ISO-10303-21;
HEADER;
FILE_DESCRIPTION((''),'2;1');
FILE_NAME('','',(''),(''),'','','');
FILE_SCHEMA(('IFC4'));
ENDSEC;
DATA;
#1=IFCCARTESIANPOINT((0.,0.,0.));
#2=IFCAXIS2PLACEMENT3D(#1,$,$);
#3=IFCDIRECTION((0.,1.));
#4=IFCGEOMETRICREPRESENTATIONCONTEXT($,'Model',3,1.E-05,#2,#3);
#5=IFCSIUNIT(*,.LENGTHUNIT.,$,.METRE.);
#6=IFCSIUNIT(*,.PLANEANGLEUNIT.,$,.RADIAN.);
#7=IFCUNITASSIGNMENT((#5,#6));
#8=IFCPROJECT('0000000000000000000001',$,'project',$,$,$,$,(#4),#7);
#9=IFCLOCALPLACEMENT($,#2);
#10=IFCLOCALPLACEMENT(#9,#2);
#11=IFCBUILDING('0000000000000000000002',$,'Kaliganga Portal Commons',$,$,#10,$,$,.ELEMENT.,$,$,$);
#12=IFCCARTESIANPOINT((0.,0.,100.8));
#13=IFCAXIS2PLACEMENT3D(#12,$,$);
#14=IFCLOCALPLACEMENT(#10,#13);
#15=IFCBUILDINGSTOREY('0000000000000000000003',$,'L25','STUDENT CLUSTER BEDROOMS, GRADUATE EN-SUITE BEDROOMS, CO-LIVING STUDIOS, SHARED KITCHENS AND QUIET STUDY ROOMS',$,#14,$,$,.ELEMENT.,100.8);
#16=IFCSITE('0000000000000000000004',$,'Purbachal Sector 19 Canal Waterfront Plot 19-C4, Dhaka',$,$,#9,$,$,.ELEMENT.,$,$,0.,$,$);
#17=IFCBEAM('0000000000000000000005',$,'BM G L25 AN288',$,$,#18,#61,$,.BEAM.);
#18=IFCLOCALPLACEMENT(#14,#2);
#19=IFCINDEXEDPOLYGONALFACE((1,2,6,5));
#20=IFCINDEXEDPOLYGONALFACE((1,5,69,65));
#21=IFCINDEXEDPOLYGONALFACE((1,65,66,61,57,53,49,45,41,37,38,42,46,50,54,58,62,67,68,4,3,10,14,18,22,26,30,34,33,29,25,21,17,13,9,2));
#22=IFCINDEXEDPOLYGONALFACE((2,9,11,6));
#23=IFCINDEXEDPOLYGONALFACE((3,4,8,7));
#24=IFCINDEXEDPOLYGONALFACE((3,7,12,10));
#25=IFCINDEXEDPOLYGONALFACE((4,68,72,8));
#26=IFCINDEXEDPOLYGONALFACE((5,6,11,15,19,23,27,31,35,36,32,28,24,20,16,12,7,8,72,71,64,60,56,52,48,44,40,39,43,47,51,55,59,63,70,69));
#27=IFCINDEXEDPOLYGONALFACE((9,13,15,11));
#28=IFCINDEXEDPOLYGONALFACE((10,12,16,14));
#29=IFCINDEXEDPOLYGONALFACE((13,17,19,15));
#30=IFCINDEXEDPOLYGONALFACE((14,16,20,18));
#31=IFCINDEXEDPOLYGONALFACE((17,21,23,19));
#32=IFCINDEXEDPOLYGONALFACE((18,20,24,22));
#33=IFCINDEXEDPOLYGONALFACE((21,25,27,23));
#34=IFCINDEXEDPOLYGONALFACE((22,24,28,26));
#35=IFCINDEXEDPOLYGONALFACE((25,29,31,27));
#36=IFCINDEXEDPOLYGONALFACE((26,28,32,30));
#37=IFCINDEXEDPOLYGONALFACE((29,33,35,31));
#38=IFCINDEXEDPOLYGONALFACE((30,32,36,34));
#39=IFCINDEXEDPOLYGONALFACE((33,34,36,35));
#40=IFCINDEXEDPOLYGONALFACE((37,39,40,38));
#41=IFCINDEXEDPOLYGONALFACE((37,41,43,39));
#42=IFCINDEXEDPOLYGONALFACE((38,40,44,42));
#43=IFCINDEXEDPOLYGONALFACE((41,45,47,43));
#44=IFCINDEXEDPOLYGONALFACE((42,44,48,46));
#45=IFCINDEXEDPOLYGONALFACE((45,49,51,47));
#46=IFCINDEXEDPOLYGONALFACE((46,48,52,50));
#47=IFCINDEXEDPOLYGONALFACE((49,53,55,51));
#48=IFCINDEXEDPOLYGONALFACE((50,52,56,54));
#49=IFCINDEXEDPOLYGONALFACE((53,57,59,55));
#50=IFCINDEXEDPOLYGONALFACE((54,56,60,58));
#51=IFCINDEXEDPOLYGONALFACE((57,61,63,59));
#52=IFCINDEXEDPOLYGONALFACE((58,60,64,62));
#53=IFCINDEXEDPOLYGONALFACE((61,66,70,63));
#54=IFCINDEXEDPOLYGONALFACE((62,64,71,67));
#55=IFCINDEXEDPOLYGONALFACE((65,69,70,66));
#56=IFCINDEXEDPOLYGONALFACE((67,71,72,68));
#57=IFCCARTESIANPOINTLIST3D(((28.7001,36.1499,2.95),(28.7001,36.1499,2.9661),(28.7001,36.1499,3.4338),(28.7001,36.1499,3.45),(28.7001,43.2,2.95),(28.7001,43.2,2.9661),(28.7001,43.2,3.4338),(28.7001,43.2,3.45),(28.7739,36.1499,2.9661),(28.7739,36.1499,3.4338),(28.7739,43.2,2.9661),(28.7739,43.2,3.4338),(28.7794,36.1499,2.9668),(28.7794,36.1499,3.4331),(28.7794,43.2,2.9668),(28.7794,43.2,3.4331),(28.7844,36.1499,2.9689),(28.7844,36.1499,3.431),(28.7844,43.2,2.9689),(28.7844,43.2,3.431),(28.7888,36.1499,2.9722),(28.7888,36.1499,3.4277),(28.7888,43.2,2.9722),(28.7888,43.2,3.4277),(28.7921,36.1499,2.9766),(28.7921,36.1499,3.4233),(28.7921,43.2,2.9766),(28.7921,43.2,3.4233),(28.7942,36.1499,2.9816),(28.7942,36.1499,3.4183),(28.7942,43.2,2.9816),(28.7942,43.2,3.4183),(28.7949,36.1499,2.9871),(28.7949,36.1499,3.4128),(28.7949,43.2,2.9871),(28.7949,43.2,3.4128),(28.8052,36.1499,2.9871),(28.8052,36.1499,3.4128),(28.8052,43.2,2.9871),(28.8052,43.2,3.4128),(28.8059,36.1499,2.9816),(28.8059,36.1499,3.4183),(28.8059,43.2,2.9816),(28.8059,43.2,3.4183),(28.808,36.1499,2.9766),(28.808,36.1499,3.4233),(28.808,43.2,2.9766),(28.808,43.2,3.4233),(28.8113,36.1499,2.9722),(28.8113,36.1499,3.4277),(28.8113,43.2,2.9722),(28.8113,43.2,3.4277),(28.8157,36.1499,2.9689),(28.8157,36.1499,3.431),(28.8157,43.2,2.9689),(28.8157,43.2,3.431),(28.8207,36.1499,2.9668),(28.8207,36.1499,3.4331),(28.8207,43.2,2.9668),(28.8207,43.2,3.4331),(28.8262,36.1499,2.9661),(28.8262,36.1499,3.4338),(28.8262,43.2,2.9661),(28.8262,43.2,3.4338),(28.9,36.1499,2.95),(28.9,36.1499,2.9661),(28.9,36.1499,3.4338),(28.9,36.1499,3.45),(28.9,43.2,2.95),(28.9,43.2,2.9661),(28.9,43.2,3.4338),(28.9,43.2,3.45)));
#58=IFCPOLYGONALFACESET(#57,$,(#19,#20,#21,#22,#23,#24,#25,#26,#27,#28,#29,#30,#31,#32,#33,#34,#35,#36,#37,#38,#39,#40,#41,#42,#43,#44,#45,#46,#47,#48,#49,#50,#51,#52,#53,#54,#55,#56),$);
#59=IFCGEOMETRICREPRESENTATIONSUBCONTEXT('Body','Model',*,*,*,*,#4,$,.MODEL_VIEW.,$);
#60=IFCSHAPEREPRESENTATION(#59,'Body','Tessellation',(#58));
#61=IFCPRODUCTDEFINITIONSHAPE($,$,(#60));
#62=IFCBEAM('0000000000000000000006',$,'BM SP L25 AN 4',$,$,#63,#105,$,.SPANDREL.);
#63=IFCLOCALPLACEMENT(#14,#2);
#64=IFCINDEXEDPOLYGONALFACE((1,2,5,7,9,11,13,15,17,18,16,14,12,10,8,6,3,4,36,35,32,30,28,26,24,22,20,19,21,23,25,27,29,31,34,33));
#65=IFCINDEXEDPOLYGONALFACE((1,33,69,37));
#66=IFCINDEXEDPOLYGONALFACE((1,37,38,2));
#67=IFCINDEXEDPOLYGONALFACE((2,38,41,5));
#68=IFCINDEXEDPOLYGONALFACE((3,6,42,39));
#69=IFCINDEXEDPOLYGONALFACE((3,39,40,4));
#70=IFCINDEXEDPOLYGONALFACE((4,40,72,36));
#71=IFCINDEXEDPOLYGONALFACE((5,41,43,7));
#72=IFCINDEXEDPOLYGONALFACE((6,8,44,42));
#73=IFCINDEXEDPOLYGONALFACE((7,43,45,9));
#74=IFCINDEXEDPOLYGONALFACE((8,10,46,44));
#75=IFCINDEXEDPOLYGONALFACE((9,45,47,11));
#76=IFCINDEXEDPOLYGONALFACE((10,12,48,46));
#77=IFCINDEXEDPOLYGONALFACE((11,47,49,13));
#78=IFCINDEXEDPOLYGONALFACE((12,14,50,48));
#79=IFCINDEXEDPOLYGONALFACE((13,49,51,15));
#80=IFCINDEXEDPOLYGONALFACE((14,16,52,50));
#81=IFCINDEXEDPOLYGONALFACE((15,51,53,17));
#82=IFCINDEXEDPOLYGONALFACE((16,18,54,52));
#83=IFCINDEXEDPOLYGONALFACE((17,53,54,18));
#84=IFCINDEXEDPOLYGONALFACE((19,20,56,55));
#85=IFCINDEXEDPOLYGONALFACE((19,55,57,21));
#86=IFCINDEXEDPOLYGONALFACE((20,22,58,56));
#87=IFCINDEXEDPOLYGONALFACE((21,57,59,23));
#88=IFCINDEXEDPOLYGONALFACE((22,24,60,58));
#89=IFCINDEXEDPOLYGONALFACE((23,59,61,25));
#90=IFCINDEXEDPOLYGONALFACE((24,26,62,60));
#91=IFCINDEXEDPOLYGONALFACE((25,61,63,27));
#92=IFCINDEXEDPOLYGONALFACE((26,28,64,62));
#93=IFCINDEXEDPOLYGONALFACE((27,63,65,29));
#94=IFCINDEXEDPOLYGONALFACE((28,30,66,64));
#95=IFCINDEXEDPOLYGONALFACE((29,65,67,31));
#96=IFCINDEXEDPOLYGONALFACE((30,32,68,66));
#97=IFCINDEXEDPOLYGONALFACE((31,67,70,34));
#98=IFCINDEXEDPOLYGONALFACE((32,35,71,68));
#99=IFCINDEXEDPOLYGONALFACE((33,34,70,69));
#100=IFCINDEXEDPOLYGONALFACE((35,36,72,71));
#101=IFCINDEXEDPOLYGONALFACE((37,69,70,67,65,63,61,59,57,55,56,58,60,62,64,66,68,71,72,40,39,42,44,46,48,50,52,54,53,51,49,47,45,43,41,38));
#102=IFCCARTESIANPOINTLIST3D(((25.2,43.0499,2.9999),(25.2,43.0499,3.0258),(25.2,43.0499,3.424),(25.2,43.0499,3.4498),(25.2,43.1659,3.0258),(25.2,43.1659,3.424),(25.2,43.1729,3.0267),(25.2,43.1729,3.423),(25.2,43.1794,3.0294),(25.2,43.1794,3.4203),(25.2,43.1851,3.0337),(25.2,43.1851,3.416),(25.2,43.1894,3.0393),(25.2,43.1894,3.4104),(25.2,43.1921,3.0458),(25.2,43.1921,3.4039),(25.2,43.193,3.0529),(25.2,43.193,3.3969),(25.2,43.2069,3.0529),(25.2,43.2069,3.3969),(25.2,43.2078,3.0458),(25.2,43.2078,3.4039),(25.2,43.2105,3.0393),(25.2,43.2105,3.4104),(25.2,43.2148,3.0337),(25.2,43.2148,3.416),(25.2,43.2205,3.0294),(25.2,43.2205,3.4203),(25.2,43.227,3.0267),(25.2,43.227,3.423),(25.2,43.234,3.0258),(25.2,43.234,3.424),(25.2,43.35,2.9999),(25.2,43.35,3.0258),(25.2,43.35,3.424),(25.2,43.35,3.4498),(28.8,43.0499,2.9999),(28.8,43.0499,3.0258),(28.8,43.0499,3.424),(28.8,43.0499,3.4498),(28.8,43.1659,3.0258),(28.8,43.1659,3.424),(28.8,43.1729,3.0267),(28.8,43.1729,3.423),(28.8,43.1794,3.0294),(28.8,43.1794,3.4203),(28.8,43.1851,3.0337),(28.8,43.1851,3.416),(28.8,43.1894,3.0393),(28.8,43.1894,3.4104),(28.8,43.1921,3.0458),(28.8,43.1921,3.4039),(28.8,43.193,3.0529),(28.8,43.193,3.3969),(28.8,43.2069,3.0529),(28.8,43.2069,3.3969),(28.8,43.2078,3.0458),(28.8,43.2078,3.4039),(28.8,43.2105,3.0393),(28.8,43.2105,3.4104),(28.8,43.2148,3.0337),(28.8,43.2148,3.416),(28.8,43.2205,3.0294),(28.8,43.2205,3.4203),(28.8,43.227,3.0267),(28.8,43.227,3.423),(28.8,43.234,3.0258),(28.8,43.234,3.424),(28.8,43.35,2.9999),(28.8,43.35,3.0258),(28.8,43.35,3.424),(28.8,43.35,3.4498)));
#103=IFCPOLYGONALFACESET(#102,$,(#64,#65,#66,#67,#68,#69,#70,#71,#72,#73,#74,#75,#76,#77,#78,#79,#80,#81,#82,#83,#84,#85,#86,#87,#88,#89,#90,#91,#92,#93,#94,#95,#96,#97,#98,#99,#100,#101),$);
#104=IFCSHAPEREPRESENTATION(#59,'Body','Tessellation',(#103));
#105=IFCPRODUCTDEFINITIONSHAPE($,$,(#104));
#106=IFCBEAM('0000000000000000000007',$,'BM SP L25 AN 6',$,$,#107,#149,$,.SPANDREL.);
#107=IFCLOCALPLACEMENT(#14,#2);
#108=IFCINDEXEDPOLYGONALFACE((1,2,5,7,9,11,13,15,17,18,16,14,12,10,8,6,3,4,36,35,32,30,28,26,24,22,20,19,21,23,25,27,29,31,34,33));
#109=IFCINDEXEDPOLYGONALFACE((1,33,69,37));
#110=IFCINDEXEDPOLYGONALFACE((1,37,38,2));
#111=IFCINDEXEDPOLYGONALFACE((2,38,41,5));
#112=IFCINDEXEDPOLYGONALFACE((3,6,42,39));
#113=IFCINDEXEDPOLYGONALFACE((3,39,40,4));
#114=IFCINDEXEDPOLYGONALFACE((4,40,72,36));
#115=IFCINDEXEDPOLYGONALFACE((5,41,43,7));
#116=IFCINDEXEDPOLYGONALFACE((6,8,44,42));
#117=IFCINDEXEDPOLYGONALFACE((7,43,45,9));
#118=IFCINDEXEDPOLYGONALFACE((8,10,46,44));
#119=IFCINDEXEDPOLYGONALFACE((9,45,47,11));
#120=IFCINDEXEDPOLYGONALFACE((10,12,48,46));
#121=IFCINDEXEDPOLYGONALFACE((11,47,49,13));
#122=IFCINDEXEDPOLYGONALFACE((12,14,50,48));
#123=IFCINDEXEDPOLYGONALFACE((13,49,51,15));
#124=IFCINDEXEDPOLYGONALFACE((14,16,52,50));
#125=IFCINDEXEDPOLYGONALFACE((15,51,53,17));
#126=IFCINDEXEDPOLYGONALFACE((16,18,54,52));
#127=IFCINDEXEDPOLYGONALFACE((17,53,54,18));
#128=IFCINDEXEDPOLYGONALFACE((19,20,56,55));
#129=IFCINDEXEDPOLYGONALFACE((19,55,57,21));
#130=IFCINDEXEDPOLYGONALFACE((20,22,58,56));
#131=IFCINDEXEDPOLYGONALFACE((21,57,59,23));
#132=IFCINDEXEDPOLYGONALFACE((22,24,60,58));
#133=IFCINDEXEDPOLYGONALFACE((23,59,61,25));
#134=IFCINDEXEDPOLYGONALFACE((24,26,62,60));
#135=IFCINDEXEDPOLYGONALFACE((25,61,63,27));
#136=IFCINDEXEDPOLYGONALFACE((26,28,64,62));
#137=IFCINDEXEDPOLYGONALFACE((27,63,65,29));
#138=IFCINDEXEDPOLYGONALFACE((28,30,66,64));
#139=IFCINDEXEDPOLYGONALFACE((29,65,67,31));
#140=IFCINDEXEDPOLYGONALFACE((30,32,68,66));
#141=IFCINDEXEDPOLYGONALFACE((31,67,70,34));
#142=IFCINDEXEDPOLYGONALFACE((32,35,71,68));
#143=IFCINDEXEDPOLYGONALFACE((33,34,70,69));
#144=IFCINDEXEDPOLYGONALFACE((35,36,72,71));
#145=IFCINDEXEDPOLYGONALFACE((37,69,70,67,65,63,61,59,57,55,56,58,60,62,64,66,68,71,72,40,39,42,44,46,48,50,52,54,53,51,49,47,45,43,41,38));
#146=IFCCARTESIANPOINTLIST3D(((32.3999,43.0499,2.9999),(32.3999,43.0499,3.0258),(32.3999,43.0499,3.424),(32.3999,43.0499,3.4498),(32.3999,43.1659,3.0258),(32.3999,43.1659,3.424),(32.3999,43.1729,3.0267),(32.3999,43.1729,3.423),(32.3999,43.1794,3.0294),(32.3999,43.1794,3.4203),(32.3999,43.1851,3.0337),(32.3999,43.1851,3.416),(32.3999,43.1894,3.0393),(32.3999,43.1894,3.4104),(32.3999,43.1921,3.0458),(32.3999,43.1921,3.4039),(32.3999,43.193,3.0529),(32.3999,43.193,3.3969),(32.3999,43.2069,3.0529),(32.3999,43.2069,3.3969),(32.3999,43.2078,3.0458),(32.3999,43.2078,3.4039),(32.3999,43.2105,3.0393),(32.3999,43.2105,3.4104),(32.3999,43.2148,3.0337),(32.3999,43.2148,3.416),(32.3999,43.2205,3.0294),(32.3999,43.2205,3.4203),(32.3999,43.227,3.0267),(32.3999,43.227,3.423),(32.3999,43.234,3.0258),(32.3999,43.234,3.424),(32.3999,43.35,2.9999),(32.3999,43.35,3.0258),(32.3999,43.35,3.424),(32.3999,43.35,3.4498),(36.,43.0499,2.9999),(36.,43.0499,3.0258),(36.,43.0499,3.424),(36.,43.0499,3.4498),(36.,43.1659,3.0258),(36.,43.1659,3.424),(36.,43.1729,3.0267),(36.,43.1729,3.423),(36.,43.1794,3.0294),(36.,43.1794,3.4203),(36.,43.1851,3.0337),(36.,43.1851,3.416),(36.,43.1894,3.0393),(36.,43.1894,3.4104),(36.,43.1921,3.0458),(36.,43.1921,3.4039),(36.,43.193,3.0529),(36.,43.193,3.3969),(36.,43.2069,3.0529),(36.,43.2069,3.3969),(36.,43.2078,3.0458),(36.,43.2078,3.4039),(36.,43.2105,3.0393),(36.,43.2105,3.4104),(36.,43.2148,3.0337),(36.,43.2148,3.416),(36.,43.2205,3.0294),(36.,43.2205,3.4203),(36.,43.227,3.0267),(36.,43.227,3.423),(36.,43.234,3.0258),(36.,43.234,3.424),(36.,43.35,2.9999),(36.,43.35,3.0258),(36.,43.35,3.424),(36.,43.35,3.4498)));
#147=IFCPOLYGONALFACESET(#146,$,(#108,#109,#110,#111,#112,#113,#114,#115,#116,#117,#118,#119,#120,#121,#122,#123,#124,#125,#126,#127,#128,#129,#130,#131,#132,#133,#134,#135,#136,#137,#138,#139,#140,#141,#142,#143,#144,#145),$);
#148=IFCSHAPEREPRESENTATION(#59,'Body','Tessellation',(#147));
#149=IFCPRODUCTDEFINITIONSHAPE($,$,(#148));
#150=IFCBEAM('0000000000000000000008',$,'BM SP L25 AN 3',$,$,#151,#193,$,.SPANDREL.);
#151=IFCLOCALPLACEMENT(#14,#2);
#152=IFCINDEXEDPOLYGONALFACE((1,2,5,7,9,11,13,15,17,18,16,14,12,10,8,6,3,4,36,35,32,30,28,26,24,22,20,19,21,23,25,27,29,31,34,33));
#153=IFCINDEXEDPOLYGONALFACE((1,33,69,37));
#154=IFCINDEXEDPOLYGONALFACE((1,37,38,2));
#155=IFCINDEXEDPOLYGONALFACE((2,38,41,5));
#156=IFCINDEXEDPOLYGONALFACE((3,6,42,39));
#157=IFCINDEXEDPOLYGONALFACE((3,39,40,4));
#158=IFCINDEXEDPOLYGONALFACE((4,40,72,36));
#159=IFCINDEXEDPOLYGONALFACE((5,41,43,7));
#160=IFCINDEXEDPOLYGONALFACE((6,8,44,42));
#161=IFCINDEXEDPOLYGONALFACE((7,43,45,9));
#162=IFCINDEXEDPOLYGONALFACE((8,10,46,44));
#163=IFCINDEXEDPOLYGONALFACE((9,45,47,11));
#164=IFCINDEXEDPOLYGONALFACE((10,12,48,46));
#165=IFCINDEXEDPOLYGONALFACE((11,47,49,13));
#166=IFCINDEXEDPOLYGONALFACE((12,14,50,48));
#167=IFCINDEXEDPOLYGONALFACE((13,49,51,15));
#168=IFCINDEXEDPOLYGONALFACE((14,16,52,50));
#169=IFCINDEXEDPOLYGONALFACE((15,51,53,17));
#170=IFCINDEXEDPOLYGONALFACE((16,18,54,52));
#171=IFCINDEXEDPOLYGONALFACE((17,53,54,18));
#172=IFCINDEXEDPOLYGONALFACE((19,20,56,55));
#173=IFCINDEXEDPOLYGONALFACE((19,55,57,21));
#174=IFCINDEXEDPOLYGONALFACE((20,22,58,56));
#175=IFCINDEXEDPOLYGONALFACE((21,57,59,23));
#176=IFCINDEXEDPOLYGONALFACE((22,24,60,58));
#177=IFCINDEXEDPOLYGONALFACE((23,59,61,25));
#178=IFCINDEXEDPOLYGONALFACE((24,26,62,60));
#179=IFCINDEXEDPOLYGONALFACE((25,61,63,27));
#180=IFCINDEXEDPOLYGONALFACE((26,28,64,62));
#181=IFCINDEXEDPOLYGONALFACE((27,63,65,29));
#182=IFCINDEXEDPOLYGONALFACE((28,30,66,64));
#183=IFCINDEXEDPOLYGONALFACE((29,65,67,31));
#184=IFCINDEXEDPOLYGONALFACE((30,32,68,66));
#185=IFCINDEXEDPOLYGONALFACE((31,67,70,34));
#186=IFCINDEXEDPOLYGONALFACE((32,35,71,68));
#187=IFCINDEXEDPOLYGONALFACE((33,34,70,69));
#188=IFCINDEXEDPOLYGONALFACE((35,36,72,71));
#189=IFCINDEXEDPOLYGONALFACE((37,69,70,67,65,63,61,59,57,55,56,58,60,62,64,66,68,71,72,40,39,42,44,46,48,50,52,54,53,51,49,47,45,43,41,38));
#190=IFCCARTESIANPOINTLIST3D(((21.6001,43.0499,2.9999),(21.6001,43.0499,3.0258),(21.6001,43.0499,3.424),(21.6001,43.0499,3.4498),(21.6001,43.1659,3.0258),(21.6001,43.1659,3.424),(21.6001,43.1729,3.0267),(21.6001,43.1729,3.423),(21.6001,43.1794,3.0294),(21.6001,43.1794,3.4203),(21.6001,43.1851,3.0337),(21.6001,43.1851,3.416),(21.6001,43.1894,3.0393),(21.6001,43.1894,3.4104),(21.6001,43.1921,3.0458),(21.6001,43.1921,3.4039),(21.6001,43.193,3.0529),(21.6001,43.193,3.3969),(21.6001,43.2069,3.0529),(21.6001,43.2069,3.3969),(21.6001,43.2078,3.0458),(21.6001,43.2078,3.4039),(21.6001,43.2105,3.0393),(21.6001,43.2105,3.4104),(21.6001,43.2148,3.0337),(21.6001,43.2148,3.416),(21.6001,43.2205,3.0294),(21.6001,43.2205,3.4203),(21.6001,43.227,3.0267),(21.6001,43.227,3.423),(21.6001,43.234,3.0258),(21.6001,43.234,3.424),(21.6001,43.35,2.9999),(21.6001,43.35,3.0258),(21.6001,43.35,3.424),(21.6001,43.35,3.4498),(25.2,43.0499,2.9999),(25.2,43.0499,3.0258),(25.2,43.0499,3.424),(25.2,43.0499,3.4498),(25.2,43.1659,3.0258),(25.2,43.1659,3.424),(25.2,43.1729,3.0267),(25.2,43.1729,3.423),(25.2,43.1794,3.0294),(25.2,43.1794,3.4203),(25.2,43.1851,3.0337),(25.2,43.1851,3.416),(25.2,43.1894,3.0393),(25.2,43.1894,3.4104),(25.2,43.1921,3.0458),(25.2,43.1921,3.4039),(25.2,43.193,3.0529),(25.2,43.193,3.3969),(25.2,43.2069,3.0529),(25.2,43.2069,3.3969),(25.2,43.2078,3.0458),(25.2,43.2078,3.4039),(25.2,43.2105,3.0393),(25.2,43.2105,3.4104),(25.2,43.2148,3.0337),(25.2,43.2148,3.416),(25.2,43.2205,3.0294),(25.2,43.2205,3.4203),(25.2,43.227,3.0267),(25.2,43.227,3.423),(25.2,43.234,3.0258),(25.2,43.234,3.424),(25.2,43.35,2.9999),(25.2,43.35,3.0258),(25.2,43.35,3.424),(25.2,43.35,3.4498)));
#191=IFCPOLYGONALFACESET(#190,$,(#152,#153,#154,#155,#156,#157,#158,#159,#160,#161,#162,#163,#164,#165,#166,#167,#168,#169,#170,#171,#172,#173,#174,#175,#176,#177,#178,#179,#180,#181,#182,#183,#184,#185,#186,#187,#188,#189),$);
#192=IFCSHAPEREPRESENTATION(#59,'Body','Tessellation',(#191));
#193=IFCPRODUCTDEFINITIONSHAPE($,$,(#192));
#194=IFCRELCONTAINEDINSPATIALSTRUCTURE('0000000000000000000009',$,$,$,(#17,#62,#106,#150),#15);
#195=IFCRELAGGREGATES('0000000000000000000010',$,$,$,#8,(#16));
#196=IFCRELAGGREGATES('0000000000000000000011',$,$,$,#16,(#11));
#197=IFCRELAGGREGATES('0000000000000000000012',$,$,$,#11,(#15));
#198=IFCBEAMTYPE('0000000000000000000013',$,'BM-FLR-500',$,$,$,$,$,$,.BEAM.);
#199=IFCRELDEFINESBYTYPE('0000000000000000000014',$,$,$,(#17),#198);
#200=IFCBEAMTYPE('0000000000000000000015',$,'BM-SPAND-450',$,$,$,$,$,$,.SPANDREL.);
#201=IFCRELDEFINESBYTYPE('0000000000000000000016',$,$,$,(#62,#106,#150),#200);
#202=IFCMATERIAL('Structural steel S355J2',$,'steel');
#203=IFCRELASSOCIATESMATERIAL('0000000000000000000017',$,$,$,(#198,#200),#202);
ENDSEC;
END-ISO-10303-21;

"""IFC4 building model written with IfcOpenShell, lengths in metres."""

from ifc_helpers import new_model, si_unit, direction, frame, origin, origin_2d, place, context, subcontext, project, spatial, i_section, extrude, source, transform, mapped, material, material_profile, profile_set, type_object, element, save


model = new_model("IFC4")

# Units and contexts
model_context = context("Model", 3, precision=1e-05, world=origin(), true_north=direction((0.0, 1.0)))
body_context = subcontext(model_context, "Body", "Model", "MODEL_VIEW")
ifc_project = project(units=[si_unit("LENGTHUNIT", "METRE"), si_unit("PLANEANGLEUNIT", "RADIAN")], contexts=[model_context])

# Site, building, storey
site_placement = place(None, origin())
site = spatial("IfcSite", under=ifc_project, at=site_placement, Name="Purbachal Sector 19 Canal Waterfront Plot 19-C4, Dhaka", CompositionType="ELEMENT", RefElevation=0.0)
building_placement = place(site_placement, origin())
building = spatial("IfcBuilding", under=site, at=building_placement, Name="Kaliganga Portal Commons", CompositionType="ELEMENT")
storey_placement = place(building_placement, frame((0.0, 0.0, 100.8)))
storey = spatial("IfcBuildingStorey", under=building, at=storey_placement, Name="L25", Description="STUDENT CLUSTER BEDROOMS, GRADUATE EN-SUITE BEDROOMS, CO-LIVING STUDIOS, SHARED KITCHENS AND QUIET STUDY ROOMS", CompositionType="ELEMENT", Elevation=100.8)

# Beams
ifc_material_1 = material(Name="Structural steel S355J2", Category="steel")
ifc_material_profile_1 = material_profile(ifc_material_1, i_section(OverallWidth=0.2, OverallDepth=0.5, WebThickness=0.0103, FlangeThickness=0.0161, FilletRadius=0.021, at=origin_2d()), Name="IPE 500")
ifc_profile_set_1 = profile_set([ifc_material_profile_1], Name="Structural steel S355J2 wide-flange")
beam_type_1 = type_object("IfcBeamType", Name="BM-FLR-500", PredefinedType="BEAM", material=ifc_profile_set_1)
shared_shape_1 = source(origin(), body_context, "Body", "SweptSolid", [
    extrude(i_section(OverallWidth=0.2, OverallDepth=0.5, WebThickness=0.0103, FlangeThickness=0.0161, FilletRadius=0.021, at=origin_2d()), origin(), (0.0, 0.0, 1.0), 7.05),
])
beam_1_placement = place(storey_placement, frame((28.8, 36.1499, 3.2), z_axis=(0.0, 1.0, 0.0), x_axis=(-1.0, 0.0, 0.0)))
element("IfcBeam", 1, at=beam_1_placement, inside=storey, type_object=beam_type_1, Name="BM G L25 AN288", PredefinedType="BEAM", context=body_context, shape_type="MappedRepresentation", body=[
    mapped(shared_shape_1, transform((0.0, 0.0, 0.0), x_axis=(1.0, 0.0, 0.0), y_axis=(0.0, 1.0, 0.0), z_axis=(0.0, 0.0, 1.0), scale=1.0)),
])
ifc_material_profile_2 = material_profile(ifc_material_1, i_section(OverallWidth=0.3, OverallDepth=0.45, WebThickness=0.0139, FlangeThickness=0.0259, FilletRadius=0.0271, at=origin_2d()), Name="HE 450 B")
ifc_profile_set_2 = profile_set([ifc_material_profile_2], Name="Structural steel S355J2 wide-flange")
beam_type_2 = type_object("IfcBeamType", Name="BM-SPAND-450", PredefinedType="SPANDREL", material=ifc_profile_set_2)
shared_shape_2 = source(origin(), body_context, "Body", "SweptSolid", [
    extrude(i_section(OverallWidth=0.3, OverallDepth=0.45, WebThickness=0.0139, FlangeThickness=0.0259, FilletRadius=0.0271, at=origin_2d()), origin(), (0.0, 0.0, 1.0), 3.6001),
])
for number, where, z_axis, x_axis, name in (
    (2, (25.2, 43.2, 3.2249), (1.0, 0.0, 0.0), (0.0, 1.0, 0.0), "BM SP L25 AN 4"),
    (3, (32.3999, 43.2, 3.2249), (1.0, 0.0, 0.0), (0.0, 1.0, 0.0), "BM SP L25 AN 6"),
):
    element("IfcBeam", number, at=place(storey_placement, frame(where, z_axis=z_axis, x_axis=x_axis)), inside=storey, type_object=beam_type_2, Name=name, PredefinedType="SPANDREL", context=body_context, shape_type="MappedRepresentation", body=[
        mapped(shared_shape_2, transform((0.0, 0.0, 0.0), x_axis=(1.0, 0.0, 0.0), y_axis=(0.0, 1.0, 0.0), z_axis=(0.0, 0.0, 1.0), scale=1.0)),
    ])
shared_shape_3 = source(origin(), body_context, "Body", "SweptSolid", [
    extrude(i_section(OverallWidth=0.3, OverallDepth=0.45, WebThickness=0.0139, FlangeThickness=0.0259, FilletRadius=0.0271, at=origin_2d()), origin(), (0.0, 0.0, 1.0), 3.5999),
])
for number, where, z_axis, x_axis, name in (
    (4, (21.6001, 43.2, 3.2249), (1.0, 0.0, 0.0), (0.0, 1.0, 0.0), "BM SP L25 AN 3"),
):
    element("IfcBeam", number, at=place(storey_placement, frame(where, z_axis=z_axis, x_axis=x_axis)), inside=storey, type_object=beam_type_2, Name=name, PredefinedType="SPANDREL", context=body_context, shape_type="MappedRepresentation", body=[
        mapped(shared_shape_3, transform((0.0, 0.0, 0.0), x_axis=(1.0, 0.0, 0.0), y_axis=(0.0, 1.0, 0.0), z_axis=(0.0, 0.0, 1.0), scale=1.0)),
    ])

save(model, "model.ifc")
